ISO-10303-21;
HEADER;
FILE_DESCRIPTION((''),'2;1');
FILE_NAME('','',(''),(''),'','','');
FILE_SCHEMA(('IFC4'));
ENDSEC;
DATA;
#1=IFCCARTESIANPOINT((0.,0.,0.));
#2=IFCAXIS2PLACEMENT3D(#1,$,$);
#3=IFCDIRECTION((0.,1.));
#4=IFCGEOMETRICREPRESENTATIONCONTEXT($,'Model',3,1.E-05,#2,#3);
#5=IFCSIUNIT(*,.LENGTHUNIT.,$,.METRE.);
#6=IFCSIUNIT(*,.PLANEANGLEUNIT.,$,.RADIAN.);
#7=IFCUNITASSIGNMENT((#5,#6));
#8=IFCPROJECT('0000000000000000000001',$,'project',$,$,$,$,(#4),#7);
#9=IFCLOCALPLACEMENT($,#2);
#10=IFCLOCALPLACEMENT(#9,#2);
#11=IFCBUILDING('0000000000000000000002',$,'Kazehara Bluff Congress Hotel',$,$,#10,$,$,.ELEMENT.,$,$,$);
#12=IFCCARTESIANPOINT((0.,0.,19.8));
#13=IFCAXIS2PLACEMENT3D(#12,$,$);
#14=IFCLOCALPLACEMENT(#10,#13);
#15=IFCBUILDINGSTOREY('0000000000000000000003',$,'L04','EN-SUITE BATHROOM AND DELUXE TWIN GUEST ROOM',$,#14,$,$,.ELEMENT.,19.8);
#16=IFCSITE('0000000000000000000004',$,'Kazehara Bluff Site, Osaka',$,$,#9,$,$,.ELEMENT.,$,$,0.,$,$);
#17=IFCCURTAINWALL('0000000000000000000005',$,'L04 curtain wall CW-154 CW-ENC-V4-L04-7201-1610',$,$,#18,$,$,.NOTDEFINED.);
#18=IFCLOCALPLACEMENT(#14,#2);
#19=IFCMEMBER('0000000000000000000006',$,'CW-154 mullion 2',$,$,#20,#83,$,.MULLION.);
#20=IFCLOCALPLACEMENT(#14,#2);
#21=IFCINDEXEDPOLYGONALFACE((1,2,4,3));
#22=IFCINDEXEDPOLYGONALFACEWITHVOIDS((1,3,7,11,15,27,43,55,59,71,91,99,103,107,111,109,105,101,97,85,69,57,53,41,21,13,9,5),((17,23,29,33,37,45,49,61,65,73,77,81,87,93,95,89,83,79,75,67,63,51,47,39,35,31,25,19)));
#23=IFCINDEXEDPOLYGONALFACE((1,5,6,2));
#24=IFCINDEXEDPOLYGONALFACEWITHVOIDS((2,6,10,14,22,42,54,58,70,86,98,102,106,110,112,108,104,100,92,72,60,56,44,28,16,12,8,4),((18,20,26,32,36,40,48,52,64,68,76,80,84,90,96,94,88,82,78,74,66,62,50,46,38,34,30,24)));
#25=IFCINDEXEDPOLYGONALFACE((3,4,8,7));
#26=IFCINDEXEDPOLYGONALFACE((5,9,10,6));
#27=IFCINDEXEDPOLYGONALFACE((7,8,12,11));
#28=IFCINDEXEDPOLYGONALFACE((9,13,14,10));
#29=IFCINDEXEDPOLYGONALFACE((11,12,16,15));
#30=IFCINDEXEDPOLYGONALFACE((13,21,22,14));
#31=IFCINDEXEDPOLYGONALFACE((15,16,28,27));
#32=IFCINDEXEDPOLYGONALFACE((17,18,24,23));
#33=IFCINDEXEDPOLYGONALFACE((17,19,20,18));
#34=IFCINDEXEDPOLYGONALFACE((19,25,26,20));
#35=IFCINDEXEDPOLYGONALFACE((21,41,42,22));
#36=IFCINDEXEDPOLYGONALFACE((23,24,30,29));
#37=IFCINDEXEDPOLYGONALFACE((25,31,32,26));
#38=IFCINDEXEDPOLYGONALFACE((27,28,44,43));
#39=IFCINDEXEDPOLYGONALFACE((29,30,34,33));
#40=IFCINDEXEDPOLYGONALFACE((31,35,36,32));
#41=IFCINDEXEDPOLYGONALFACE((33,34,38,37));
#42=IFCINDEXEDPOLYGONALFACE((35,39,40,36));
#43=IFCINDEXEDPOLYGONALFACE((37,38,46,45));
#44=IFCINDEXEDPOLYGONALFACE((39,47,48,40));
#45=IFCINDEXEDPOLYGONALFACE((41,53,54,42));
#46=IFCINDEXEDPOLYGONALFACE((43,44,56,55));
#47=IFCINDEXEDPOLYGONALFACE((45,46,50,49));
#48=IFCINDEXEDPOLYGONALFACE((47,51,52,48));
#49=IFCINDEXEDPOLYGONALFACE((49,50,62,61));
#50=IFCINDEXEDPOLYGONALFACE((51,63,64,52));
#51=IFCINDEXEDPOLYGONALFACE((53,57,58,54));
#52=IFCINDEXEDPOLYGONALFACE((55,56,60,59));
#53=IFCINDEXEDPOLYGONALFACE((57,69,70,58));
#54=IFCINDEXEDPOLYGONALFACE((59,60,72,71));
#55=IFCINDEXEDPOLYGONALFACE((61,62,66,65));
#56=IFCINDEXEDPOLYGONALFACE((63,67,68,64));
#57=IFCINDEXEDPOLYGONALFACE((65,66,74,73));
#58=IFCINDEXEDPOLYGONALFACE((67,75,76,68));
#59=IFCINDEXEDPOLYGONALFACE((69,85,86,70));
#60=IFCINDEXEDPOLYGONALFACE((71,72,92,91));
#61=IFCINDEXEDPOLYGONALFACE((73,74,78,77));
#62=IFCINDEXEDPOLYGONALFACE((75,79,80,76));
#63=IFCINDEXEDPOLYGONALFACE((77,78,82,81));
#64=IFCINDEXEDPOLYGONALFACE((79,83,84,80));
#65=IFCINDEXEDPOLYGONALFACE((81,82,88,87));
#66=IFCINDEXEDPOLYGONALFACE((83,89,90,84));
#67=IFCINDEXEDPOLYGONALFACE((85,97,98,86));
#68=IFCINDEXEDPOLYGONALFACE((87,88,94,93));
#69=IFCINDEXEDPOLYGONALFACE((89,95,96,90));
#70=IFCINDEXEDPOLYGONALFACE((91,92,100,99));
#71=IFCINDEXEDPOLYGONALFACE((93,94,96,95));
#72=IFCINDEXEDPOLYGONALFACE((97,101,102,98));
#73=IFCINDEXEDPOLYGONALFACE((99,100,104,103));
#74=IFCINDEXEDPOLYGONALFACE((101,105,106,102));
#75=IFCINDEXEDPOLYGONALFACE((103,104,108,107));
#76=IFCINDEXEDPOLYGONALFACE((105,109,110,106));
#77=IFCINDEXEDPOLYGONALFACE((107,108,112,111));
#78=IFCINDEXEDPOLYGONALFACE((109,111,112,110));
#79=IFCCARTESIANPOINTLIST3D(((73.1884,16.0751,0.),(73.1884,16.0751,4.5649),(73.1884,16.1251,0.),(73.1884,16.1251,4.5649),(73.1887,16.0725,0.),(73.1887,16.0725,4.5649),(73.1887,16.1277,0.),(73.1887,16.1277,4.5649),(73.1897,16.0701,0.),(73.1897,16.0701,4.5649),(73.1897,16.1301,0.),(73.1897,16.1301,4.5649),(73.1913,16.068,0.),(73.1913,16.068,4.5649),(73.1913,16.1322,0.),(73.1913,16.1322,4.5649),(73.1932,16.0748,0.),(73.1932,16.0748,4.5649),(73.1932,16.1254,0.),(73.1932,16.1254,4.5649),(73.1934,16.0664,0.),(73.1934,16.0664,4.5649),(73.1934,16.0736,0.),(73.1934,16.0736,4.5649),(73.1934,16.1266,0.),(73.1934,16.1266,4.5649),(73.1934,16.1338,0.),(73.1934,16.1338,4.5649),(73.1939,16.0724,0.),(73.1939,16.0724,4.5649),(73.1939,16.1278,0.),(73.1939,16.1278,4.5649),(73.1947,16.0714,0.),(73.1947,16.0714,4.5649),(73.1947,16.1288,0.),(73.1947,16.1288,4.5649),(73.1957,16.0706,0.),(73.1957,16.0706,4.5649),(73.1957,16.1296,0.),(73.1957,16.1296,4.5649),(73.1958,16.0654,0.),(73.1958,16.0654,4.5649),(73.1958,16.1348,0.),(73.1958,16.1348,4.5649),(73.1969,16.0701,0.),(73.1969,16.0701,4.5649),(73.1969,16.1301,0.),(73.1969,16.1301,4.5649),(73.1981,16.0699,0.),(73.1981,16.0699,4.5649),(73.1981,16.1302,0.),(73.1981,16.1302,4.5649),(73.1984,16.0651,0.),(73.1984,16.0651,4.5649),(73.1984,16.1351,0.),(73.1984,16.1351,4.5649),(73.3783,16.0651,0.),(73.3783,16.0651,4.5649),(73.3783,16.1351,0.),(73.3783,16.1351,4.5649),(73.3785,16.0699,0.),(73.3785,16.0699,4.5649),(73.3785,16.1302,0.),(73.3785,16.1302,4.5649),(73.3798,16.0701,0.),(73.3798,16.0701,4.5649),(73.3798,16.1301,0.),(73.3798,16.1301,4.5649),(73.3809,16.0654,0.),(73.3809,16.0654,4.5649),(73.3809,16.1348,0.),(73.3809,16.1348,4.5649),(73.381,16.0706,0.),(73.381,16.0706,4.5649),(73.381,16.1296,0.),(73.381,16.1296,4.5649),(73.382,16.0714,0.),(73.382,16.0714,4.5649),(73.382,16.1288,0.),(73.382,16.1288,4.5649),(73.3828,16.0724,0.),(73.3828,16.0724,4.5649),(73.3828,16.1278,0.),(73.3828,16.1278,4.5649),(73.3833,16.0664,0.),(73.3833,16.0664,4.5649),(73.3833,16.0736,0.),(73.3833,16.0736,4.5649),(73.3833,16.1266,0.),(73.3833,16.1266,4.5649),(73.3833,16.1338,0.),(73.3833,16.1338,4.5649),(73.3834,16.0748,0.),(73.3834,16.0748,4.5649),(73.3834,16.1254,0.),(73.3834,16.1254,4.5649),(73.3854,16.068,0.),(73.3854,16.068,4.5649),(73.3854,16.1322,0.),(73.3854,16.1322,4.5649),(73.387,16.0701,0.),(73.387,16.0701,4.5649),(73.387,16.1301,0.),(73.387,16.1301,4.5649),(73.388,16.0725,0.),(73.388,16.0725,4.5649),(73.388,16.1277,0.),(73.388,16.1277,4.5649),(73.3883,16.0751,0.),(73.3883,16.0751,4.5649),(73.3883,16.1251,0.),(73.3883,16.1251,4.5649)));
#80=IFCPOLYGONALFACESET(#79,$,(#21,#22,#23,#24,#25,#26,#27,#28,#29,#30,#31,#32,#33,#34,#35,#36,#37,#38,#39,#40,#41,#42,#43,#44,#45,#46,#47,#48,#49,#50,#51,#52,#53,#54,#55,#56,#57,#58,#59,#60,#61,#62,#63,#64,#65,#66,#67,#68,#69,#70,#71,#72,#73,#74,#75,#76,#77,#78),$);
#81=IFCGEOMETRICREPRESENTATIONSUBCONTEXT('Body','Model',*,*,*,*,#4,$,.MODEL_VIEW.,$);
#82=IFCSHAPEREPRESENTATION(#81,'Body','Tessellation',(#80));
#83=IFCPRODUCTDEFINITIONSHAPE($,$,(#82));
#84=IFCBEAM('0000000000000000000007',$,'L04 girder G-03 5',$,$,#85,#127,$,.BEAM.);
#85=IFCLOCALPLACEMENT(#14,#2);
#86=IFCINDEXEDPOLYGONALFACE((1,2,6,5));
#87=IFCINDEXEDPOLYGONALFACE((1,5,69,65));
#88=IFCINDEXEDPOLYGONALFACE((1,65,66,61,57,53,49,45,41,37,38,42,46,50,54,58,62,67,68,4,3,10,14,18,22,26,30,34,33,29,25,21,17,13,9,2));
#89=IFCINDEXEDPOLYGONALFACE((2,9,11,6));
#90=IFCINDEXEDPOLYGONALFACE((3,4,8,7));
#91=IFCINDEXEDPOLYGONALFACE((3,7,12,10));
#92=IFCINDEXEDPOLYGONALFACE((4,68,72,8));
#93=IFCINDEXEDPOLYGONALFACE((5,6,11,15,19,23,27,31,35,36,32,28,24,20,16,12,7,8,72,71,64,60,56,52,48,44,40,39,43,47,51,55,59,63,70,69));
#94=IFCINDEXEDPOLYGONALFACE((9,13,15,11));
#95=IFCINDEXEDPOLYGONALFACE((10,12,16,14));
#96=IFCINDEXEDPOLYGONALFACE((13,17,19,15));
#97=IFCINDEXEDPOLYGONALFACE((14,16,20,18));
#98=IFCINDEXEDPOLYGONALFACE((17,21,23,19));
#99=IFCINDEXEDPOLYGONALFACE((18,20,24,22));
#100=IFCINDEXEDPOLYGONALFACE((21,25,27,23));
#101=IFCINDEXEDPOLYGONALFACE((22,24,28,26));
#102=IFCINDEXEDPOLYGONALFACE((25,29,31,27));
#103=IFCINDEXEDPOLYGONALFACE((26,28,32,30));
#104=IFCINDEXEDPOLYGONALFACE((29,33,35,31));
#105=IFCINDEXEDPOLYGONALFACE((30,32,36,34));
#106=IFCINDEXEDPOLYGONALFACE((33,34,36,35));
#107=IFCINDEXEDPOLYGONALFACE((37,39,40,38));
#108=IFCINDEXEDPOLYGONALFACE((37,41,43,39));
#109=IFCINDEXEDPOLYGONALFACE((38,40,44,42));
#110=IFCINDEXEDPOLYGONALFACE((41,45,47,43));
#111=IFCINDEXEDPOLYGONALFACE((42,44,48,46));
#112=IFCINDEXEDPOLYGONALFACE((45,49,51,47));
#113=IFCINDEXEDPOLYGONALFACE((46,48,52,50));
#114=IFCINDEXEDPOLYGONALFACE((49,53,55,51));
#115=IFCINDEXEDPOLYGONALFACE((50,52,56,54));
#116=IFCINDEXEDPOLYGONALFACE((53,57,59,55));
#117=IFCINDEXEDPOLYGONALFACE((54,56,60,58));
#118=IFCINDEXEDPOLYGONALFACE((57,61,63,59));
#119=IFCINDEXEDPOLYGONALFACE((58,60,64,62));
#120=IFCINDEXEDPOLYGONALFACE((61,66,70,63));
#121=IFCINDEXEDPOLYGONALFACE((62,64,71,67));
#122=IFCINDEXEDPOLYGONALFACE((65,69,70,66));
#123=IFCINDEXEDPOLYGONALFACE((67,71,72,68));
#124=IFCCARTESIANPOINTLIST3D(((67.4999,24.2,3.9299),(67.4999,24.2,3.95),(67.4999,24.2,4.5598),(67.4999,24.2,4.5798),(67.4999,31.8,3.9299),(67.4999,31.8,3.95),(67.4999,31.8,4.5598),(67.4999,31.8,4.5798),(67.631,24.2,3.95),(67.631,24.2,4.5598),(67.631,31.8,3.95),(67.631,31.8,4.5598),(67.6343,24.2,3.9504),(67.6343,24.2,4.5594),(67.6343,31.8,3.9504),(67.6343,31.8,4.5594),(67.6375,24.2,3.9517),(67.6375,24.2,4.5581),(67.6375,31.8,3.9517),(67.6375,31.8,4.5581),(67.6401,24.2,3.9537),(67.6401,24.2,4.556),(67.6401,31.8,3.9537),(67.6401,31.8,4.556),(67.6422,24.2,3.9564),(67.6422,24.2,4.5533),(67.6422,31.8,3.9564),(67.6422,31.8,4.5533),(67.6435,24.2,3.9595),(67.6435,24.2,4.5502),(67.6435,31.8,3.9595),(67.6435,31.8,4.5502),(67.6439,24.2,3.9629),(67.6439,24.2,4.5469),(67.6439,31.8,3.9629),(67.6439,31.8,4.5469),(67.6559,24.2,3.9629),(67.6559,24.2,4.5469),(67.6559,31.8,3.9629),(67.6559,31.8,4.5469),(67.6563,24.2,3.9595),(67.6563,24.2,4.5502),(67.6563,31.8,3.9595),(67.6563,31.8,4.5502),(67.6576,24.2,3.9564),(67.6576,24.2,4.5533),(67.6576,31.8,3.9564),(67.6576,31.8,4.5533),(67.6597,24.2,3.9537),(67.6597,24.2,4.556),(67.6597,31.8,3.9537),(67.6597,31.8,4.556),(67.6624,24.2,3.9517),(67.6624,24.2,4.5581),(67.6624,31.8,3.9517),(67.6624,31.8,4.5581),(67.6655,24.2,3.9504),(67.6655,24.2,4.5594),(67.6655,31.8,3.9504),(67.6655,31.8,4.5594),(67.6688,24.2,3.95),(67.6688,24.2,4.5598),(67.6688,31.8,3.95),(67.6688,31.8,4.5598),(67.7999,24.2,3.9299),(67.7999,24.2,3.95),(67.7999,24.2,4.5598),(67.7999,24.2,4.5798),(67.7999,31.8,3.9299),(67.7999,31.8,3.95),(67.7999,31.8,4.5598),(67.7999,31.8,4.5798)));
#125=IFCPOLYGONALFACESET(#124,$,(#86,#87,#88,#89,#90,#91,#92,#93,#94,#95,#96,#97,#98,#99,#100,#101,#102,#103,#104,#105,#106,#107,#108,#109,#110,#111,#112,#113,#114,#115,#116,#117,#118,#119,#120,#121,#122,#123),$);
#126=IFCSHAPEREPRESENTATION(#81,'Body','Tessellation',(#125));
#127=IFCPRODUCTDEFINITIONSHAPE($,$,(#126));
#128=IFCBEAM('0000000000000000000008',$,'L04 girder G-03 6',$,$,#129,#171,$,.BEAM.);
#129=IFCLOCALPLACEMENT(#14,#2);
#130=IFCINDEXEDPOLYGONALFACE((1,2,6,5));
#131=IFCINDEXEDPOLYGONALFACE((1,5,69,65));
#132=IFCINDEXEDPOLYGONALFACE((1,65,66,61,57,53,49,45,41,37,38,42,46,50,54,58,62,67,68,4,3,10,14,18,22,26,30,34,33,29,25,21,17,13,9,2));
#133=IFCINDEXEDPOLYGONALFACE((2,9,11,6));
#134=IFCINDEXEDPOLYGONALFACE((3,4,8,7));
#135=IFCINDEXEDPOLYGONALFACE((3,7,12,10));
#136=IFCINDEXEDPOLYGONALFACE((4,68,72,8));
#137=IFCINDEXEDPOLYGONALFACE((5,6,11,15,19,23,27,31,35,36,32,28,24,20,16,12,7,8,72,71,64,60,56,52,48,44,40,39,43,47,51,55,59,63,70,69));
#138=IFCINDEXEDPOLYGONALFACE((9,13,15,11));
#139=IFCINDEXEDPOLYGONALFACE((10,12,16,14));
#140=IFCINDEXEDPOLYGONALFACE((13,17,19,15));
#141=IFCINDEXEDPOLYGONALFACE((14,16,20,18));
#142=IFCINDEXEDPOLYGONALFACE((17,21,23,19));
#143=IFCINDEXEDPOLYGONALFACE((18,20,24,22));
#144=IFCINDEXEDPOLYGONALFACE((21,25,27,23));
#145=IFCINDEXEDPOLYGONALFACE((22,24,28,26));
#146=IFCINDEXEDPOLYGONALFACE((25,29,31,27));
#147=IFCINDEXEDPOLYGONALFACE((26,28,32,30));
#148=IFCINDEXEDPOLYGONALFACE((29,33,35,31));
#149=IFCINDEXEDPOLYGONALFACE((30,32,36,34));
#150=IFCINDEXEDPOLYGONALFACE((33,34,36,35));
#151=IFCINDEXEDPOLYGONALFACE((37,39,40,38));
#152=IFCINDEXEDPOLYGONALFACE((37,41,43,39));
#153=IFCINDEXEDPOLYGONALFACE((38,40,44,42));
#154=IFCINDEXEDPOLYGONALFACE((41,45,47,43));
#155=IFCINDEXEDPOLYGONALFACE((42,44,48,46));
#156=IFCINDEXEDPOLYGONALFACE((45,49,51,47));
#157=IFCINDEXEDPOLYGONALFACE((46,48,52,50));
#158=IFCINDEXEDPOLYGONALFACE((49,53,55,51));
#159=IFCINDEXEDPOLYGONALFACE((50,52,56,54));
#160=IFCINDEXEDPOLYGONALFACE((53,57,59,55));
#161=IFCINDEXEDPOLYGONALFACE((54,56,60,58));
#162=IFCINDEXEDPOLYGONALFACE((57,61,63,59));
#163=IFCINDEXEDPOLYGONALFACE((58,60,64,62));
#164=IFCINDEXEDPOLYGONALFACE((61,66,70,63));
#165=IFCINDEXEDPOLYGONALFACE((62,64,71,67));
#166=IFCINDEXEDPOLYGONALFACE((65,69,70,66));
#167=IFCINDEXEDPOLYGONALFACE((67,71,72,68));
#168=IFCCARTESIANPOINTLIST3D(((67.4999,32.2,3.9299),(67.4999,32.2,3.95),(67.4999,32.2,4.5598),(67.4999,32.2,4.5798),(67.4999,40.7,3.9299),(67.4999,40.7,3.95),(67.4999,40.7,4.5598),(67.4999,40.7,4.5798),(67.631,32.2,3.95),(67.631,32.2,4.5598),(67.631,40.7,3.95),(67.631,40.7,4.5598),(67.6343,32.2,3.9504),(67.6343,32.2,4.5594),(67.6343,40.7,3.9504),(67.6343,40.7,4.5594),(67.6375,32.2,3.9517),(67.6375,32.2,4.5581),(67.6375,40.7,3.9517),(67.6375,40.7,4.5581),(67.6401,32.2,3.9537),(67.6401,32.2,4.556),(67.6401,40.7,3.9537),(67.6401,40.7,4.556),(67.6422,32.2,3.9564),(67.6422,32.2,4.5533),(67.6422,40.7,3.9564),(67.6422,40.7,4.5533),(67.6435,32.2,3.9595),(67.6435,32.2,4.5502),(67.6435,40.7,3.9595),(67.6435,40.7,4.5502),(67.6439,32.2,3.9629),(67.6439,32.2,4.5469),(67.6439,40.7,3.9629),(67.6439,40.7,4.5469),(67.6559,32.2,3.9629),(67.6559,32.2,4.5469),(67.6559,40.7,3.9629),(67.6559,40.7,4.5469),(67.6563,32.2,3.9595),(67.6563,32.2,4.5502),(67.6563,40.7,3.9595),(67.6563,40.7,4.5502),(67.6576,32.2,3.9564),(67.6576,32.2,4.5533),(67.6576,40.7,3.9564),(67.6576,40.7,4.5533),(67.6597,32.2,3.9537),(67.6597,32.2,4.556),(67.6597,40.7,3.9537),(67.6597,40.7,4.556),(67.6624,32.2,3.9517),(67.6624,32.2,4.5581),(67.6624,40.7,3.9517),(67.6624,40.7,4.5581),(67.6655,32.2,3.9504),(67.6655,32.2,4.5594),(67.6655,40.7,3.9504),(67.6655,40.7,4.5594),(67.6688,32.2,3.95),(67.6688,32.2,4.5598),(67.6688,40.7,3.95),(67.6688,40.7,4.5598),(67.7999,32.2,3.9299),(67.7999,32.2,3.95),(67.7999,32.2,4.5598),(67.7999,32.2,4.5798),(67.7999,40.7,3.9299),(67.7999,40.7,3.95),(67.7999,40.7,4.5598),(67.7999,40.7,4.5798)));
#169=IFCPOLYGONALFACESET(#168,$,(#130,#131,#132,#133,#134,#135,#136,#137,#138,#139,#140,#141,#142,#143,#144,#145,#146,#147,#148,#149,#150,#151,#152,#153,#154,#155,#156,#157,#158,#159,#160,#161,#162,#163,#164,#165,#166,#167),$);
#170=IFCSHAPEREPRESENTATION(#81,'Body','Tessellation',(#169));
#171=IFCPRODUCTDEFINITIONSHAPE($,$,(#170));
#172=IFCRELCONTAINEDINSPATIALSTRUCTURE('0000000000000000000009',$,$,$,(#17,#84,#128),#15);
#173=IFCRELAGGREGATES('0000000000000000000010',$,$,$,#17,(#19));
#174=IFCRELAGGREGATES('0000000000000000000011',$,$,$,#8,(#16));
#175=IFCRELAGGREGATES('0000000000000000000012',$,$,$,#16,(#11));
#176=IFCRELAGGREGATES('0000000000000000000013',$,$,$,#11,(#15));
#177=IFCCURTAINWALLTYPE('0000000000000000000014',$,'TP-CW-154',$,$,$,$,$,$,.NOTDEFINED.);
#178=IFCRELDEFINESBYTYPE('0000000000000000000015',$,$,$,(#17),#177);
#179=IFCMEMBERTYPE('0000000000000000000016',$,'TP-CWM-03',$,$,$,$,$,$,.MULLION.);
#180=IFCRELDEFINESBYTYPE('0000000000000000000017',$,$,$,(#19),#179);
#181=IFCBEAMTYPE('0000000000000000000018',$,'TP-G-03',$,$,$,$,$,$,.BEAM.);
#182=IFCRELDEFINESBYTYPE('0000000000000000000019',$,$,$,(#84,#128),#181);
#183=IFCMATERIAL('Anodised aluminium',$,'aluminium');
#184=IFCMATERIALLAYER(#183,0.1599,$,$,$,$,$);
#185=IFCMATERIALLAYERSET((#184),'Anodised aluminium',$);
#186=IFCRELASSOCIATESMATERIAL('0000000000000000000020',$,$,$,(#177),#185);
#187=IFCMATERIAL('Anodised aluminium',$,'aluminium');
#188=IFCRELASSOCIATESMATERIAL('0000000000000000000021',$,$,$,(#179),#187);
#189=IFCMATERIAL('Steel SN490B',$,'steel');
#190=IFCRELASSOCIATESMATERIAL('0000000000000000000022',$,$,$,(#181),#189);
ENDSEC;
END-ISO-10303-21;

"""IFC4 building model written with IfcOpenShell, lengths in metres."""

from ifc_helpers import new_model, si_unit, direction, frame, origin, origin_2d, place, context, subcontext, project, spatial, hollow_rectangle, i_section, extrude, material, layer, layer_set, material_profile, profile_set, type_object, element, aggregate, save


model = new_model("IFC4")

# Units and contexts
model_context = context("Model", 3, precision=1e-05, world=origin(), true_north=direction((0.0, 1.0)))
body_context = subcontext(model_context, "Body", "Model", "MODEL_VIEW")
ifc_project = project(units=[si_unit("LENGTHUNIT", "METRE"), si_unit("PLANEANGLEUNIT", "RADIAN")], contexts=[model_context])

# Site, building, storey
site_placement = place(None, origin())
site = spatial("IfcSite", under=ifc_project, at=site_placement, Name="Kazehara Bluff Site, Osaka", CompositionType="ELEMENT", RefElevation=0.0)
building_placement = place(site_placement, origin())
building = spatial("IfcBuilding", under=site, at=building_placement, Name="Kazehara Bluff Congress Hotel", CompositionType="ELEMENT")
storey_placement = place(building_placement, frame((0.0, 0.0, 19.8)))
storey = spatial("IfcBuildingStorey", under=building, at=storey_placement, Name="L04", Description="EN-SUITE BATHROOM AND DELUXE TWIN GUEST ROOM", CompositionType="ELEMENT", Elevation=19.8)

# Curtain wall, member
ifc_material_1 = material(Name="Anodised aluminium", Category="aluminium")
ifc_layer_1 = layer(ifc_material_1, 0.1599)
ifc_layer_set_1 = layer_set([ifc_layer_1], Name="Anodised aluminium")
curtain_wall_type = type_object("IfcCurtainWallType", Name="TP-CW-154", PredefinedType="NOTDEFINED", material=ifc_layer_set_1)
curtain_wall_placement = place(storey_placement, origin())
curtain_wall = element("IfcCurtainWall", 1, at=curtain_wall_placement, inside=storey, type_object=curtain_wall_type, Name="L04 curtain wall CW-154 CW-ENC-V4-L04-7201-1610", PredefinedType="NOTDEFINED")
ifc_material_2 = material(Name="Anodised aluminium", Category="aluminium")
ifc_material_profile_1 = material_profile(ifc_material_2, hollow_rectangle(XDim=0.0701, YDim=0.2, WallThickness=0.0049, InnerFilletRadius=0.0049, OuterFilletRadius=0.01, at=origin_2d()))
ifc_profile_set_1 = profile_set([ifc_material_profile_1], Name="Anodised aluminium")
member_type = type_object("IfcMemberType", Name="TP-CWM-03", PredefinedType="MULLION", material=ifc_profile_set_1)
member_placement = place(storey_placement, frame((73.2883, 16.1001, 0.0), z_axis=(0.0, 0.0, 1.0), x_axis=(0.0, -1.0, 0.0)))
member = element("IfcMember", 2, at=member_placement, type_object=member_type, Name="CW-154 mullion 2", PredefinedType="MULLION", context=body_context, shape_type="SweptSolid", body=[
    extrude(hollow_rectangle(XDim=0.0701, YDim=0.2, WallThickness=0.0049, InnerFilletRadius=0.0049, OuterFilletRadius=0.01, at=origin_2d()), origin(), (0.0, 0.0, 1.0), 4.5649),
])

# Beams
ifc_material_3 = material(Name="Steel SN490B", Category="steel")
ifc_material_profile_2 = material_profile(ifc_material_3, i_section(OverallWidth=0.3, OverallDepth=0.6499, WebThickness=0.012, FlangeThickness=0.02, FilletRadius=0.0129, at=origin_2d()))
ifc_profile_set_2 = profile_set([ifc_material_profile_2], Name="Steel SN490B")
beam_type_1 = type_object("IfcBeamType", Name="TP-G-03", PredefinedType="BEAM", material=ifc_profile_set_2)
beam_1_placement = place(storey_placement, frame((67.6499, 24.2, 4.2549), z_axis=(0.0, 1.0, 0.0), x_axis=(-1.0, 0.0, 0.0)))
element("IfcBeam", 3, at=beam_1_placement, inside=storey, type_object=beam_type_1, Name="L04 girder G-03 5", PredefinedType="BEAM", context=body_context, shape_type="SweptSolid", body=[
    extrude(i_section(OverallWidth=0.3, OverallDepth=0.6499, WebThickness=0.012, FlangeThickness=0.02, FilletRadius=0.0129, at=origin_2d()), origin(), (0.0, 0.0, 1.0), 7.6001),
])
beam_2_placement = place(storey_placement, frame((67.6499, 32.2, 4.2549), z_axis=(0.0, 1.0, 0.0), x_axis=(-1.0, 0.0, 0.0)))
element("IfcBeam", 4, at=beam_2_placement, inside=storey, type_object=beam_type_1, Name="L04 girder G-03 6", PredefinedType="BEAM", context=body_context, shape_type="SweptSolid", body=[
    extrude(i_section(OverallWidth=0.3, OverallDepth=0.6499, WebThickness=0.012, FlangeThickness=0.02, FilletRadius=0.0129, at=origin_2d()), origin(), (0.0, 0.0, 1.0), 8.5),
])

aggregate(curtain_wall, [member])

save(model, "model.ifc")
